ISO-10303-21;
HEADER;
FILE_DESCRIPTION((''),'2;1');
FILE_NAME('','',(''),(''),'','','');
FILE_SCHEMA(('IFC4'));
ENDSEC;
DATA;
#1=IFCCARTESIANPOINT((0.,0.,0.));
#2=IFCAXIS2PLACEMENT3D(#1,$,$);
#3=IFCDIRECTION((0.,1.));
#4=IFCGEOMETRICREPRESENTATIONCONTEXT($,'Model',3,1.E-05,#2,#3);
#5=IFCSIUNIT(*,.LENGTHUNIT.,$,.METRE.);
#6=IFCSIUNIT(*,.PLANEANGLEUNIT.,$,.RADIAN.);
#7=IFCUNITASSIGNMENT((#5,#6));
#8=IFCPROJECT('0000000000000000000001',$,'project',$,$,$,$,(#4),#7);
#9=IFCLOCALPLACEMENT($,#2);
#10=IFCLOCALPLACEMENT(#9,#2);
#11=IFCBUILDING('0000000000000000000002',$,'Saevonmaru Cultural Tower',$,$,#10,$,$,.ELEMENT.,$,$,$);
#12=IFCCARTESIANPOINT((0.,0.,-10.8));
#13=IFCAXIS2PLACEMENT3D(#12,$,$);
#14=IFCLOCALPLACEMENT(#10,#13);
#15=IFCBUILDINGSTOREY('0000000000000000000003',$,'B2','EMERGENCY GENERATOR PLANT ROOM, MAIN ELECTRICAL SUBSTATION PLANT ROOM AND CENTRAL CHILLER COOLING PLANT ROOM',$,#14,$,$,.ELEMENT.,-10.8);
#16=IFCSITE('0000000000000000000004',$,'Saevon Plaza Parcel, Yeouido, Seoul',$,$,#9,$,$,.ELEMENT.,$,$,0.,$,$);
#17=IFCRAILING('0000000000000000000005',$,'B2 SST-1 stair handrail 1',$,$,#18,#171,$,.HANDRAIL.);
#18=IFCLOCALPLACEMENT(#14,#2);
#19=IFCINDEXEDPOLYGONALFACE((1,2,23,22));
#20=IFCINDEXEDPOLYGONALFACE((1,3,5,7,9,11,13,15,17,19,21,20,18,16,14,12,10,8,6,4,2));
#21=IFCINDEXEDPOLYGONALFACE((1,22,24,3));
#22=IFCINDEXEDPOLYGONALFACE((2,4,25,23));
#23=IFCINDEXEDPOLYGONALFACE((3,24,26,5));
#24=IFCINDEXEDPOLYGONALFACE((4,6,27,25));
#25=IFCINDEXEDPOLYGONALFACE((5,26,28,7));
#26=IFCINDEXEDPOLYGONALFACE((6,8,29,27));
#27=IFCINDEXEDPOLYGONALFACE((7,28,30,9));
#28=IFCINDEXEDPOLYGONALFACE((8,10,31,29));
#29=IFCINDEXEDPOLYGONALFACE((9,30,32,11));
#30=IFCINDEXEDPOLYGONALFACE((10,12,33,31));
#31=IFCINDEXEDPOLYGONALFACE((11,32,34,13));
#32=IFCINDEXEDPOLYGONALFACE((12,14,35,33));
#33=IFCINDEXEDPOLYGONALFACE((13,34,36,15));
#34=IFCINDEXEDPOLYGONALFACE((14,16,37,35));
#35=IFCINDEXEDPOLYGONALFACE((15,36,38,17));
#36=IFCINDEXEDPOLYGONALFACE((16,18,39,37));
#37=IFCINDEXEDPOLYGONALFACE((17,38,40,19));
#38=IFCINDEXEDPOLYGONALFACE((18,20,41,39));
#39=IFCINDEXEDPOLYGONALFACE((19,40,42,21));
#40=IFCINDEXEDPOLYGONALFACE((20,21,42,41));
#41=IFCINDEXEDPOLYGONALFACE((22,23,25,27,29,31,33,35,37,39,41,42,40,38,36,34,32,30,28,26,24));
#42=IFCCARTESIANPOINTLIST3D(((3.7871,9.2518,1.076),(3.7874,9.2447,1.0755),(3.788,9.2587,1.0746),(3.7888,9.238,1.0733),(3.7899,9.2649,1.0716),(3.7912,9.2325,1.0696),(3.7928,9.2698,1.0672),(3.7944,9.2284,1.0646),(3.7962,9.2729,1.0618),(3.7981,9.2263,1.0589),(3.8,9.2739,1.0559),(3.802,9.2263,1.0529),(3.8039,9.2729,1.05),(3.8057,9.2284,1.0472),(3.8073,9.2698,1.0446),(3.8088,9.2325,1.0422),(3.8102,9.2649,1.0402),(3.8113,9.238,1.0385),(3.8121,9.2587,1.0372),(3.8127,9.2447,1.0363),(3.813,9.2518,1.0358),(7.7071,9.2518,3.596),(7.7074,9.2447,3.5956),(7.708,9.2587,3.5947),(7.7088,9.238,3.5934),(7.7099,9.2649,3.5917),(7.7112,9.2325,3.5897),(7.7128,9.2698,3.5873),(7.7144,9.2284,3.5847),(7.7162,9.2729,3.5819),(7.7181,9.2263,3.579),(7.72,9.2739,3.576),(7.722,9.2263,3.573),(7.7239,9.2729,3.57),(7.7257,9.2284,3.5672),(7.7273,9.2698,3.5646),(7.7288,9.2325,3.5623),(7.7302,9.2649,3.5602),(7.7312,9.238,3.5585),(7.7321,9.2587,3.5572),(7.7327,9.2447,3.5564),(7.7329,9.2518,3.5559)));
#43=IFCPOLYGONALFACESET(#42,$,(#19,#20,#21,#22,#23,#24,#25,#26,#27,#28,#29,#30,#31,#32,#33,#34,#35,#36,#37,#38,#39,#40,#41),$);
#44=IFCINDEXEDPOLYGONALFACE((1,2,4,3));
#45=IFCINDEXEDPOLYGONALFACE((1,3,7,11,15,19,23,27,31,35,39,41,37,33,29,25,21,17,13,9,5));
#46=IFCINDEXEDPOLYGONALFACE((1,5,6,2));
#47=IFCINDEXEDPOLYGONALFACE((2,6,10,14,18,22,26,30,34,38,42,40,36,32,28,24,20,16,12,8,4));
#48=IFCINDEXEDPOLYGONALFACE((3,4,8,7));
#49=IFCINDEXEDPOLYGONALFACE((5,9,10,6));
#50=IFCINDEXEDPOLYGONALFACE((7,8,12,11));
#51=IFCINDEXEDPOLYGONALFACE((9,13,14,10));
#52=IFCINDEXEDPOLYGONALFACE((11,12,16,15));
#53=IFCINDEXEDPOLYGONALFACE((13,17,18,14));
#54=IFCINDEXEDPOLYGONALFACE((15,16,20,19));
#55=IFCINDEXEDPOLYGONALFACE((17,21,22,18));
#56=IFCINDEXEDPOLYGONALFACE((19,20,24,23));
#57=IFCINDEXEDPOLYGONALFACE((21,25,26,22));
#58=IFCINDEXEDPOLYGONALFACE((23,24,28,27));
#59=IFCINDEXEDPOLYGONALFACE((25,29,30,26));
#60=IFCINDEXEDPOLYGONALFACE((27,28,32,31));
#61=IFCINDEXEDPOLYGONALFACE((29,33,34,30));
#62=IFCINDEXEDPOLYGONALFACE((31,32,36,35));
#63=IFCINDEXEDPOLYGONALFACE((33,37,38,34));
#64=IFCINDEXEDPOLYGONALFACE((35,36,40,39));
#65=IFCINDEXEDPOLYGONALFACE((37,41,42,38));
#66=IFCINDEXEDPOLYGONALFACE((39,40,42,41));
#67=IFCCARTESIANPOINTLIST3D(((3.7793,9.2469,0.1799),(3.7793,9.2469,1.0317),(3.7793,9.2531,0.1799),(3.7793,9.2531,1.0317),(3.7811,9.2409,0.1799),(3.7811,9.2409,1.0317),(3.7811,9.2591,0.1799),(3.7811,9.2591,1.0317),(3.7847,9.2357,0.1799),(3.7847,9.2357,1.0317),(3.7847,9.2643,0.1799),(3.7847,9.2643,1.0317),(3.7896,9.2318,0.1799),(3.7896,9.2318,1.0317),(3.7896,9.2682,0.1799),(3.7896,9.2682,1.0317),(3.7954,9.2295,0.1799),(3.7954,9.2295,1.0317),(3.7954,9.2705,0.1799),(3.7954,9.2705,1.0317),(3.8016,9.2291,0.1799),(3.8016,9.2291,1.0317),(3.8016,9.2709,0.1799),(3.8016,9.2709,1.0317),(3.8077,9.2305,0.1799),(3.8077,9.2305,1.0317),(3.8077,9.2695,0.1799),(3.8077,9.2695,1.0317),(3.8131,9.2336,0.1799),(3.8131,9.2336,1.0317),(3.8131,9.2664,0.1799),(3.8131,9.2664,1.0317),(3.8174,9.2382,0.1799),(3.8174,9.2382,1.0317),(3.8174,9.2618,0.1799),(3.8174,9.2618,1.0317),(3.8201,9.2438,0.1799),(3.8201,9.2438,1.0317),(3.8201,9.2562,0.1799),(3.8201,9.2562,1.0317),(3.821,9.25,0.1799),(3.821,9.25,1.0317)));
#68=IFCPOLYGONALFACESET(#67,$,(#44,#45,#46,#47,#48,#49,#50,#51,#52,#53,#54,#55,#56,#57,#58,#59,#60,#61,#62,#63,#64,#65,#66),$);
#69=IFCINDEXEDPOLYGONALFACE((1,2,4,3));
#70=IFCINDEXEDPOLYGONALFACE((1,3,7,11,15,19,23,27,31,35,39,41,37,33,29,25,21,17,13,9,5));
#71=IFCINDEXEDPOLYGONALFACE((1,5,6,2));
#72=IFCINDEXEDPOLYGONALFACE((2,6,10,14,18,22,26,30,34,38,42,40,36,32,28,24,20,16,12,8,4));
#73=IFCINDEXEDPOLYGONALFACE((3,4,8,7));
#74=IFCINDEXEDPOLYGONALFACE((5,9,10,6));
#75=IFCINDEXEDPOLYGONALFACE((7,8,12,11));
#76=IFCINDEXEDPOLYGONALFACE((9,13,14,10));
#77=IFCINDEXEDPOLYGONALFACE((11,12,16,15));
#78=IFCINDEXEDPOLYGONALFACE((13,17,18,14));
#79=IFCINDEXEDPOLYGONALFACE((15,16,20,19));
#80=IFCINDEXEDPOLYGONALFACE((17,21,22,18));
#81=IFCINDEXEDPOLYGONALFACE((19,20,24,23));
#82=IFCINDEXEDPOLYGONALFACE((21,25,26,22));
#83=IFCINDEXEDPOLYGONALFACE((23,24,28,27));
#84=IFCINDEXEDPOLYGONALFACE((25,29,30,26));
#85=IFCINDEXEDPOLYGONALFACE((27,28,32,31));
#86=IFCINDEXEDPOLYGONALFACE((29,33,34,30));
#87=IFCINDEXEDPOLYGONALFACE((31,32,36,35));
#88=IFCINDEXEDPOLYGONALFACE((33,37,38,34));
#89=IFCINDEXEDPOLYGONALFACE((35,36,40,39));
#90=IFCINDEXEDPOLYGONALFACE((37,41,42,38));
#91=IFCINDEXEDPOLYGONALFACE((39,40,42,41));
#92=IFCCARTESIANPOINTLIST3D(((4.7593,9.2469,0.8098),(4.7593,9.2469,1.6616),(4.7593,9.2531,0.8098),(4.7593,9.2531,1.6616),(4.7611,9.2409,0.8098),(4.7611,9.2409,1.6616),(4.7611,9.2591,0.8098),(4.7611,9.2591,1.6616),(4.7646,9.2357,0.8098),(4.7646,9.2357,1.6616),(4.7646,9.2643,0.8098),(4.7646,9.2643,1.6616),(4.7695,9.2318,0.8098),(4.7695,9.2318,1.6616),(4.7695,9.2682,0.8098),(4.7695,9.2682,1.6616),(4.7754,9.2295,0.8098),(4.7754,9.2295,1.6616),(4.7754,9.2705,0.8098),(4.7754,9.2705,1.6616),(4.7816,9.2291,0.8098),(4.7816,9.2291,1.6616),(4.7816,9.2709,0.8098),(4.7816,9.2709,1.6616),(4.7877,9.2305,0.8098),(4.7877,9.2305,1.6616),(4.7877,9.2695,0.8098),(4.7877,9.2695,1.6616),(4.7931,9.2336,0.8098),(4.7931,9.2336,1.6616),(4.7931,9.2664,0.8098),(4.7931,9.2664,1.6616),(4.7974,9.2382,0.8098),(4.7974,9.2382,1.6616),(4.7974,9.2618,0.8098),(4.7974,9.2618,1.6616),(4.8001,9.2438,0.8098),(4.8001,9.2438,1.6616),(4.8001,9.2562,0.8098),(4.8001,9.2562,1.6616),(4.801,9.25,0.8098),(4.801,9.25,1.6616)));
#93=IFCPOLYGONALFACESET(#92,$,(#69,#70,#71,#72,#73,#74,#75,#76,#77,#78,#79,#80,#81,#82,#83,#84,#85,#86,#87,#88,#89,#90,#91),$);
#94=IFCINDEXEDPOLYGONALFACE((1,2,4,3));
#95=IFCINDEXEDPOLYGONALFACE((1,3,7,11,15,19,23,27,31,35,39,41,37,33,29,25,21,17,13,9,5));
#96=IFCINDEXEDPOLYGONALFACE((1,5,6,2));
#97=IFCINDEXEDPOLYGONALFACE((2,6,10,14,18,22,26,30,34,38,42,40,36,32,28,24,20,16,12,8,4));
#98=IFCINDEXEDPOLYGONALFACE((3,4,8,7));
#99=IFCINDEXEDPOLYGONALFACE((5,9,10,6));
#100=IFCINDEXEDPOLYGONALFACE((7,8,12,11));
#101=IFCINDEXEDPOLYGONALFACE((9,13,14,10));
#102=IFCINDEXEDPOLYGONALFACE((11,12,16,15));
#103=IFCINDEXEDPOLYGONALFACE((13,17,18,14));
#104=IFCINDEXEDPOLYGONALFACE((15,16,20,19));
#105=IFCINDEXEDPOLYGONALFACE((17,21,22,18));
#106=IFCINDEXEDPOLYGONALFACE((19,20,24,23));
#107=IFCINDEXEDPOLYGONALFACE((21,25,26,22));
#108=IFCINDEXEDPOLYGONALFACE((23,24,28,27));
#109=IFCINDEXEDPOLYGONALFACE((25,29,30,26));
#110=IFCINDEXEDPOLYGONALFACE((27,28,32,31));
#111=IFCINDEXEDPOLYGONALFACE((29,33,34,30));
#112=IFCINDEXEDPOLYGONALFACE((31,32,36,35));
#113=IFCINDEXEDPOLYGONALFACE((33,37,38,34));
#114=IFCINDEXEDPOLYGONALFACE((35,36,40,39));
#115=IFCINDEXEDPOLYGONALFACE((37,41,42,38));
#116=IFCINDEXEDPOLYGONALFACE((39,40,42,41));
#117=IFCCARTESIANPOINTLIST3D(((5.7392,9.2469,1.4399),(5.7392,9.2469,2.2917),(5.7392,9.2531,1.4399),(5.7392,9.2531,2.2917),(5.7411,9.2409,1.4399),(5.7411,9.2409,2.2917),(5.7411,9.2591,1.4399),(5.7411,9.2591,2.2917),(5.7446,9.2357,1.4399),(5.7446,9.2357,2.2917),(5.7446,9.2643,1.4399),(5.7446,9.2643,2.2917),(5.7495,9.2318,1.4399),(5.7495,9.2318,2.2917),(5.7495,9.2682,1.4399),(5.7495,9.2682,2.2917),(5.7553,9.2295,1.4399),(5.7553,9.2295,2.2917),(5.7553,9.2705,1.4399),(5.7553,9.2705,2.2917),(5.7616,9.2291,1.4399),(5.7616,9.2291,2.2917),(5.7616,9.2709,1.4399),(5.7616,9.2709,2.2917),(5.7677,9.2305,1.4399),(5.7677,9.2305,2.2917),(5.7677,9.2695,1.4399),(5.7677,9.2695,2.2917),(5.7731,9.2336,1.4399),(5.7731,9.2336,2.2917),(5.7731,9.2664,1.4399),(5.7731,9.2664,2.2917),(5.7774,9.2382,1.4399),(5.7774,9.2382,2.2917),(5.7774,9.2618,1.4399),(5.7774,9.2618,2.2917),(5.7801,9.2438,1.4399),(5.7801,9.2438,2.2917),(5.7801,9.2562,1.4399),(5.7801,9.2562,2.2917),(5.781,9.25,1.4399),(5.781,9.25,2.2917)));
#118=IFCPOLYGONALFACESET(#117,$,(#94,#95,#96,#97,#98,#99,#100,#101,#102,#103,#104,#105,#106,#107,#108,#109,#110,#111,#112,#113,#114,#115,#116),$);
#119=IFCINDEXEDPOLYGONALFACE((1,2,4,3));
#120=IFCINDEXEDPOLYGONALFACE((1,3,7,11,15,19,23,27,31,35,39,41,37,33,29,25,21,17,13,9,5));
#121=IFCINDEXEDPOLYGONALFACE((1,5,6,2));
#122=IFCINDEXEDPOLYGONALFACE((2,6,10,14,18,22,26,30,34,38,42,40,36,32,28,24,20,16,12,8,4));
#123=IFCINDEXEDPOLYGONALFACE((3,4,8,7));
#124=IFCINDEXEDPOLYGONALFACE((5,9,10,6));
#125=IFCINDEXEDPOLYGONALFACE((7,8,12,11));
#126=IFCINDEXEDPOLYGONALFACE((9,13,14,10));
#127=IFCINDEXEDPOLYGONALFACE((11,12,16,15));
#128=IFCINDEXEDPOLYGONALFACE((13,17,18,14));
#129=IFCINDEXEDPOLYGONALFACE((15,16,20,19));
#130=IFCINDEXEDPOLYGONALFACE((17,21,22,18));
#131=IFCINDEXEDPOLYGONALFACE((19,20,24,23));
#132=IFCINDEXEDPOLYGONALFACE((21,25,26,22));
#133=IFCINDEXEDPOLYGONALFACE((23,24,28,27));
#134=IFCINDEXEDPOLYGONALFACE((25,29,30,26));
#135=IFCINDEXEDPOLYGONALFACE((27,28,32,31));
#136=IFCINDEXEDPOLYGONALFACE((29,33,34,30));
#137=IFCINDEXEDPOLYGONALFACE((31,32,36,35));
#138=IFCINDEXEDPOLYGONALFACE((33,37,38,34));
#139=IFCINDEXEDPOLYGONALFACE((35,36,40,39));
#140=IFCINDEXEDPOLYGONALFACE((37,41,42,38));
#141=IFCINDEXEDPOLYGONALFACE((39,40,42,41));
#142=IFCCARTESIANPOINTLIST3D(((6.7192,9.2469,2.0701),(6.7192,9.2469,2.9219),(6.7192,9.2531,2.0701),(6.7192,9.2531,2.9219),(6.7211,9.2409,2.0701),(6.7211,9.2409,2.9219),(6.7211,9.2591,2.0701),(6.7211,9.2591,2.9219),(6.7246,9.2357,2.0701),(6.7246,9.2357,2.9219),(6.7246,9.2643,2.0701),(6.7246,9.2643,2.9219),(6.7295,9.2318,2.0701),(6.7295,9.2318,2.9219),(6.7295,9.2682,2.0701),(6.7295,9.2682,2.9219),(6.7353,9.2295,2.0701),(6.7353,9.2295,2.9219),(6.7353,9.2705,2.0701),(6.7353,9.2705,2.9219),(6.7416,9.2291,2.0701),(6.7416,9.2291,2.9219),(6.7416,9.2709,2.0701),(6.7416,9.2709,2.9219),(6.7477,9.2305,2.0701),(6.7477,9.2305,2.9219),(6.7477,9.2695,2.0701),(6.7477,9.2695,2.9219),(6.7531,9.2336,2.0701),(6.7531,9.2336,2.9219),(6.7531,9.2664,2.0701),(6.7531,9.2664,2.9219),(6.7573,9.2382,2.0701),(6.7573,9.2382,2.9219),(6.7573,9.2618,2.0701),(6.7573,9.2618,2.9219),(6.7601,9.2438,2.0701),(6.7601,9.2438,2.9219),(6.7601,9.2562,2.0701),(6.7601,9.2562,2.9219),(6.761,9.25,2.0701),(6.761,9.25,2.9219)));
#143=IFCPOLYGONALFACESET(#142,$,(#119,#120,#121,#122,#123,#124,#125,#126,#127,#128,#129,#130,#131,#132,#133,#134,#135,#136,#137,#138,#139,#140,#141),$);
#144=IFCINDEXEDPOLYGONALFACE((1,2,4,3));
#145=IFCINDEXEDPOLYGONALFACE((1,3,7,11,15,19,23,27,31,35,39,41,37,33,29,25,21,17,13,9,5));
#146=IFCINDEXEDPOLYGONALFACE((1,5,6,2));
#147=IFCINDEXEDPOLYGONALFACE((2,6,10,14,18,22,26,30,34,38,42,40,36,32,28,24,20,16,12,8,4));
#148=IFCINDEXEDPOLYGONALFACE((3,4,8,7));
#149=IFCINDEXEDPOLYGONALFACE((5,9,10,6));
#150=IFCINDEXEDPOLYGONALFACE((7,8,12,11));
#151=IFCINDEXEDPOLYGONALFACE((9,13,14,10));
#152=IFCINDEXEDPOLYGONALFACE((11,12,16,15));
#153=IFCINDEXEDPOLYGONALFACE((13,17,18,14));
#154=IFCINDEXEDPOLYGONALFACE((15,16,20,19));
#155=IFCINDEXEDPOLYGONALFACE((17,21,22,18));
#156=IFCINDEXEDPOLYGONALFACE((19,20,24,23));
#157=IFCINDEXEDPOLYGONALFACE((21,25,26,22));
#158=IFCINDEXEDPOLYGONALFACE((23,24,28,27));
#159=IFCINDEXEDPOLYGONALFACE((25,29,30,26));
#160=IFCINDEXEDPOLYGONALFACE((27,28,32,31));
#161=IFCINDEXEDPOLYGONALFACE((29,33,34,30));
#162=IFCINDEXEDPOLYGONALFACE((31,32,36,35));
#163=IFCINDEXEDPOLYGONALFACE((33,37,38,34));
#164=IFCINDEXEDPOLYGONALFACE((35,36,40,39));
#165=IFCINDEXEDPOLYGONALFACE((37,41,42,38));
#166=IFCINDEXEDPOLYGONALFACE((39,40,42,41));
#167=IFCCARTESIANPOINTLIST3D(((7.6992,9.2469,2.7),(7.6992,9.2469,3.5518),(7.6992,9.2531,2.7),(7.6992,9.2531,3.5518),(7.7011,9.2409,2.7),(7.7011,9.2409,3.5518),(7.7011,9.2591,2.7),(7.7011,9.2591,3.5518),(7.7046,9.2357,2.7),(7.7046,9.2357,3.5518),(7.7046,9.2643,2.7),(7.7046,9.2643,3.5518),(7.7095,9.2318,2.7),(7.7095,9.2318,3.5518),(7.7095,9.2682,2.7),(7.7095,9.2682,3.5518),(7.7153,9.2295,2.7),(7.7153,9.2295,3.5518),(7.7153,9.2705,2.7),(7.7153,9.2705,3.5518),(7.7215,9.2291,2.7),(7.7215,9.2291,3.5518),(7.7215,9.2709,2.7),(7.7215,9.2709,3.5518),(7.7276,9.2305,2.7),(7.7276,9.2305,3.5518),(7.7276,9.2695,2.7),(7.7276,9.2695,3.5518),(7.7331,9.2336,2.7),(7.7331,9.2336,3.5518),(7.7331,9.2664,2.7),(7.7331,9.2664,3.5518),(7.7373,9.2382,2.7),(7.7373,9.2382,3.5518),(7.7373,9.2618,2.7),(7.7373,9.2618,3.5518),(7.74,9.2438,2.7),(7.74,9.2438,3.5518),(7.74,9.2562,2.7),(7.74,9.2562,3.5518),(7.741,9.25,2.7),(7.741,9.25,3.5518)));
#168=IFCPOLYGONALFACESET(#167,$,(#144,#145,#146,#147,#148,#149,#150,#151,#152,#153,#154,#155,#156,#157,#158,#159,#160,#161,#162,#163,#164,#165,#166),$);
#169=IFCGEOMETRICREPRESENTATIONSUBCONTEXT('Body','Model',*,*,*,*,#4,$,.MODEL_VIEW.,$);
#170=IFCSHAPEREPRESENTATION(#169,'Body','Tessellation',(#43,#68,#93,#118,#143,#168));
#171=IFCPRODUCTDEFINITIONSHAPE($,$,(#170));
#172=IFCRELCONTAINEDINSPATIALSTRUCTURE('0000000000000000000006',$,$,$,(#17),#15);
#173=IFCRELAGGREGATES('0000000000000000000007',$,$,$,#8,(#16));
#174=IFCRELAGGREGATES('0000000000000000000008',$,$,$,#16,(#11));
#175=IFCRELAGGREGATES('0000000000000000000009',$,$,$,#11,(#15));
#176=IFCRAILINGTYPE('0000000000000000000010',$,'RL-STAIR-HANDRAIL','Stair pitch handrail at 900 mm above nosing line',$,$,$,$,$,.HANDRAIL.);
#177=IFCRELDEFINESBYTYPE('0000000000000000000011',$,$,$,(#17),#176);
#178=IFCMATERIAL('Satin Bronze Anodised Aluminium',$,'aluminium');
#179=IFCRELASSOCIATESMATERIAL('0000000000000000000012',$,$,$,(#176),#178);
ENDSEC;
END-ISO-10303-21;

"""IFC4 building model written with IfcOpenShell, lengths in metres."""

from ifc_helpers import new_model, si_unit, direction, frame, origin, origin_2d, place, context, subcontext, project, spatial, circle, extrude, material, type_object, element, save


model = new_model("IFC4")

# Units and contexts
model_context = context("Model", 3, precision=1e-05, world=origin(), true_north=direction((0.0, 1.0)))
body_context = subcontext(model_context, "Body", "Model", "MODEL_VIEW")
ifc_project = project(units=[si_unit("LENGTHUNIT", "METRE"), si_unit("PLANEANGLEUNIT", "RADIAN")], contexts=[model_context])

# Site, building, storey
site_placement = place(None, origin())
site = spatial("IfcSite", under=ifc_project, at=site_placement, Name="Saevon Plaza Parcel, Yeouido, Seoul", CompositionType="ELEMENT", RefElevation=0.0)
building_placement = place(site_placement, origin())
building = spatial("IfcBuilding", under=site, at=building_placement, Name="Saevonmaru Cultural Tower", CompositionType="ELEMENT")
storey_placement = place(building_placement, frame((0.0, 0.0, -10.8)))
storey = spatial("IfcBuildingStorey", under=building, at=storey_placement, Name="B2", Description="EMERGENCY GENERATOR PLANT ROOM, MAIN ELECTRICAL SUBSTATION PLANT ROOM AND CENTRAL CHILLER COOLING PLANT ROOM", CompositionType="ELEMENT", Elevation=-10.8)

# Railing
ifc_material_1 = material(Name="Satin Bronze Anodised Aluminium", Category="aluminium")
railing_type_1 = type_object("IfcRailingType", Name="RL-STAIR-HANDRAIL", Description="Stair pitch handrail at 900 mm above nosing line", PredefinedType="HANDRAIL", material=ifc_material_1)
railing_1_placement = place(storey_placement, frame((3.8, 9.25, 0.1799)))
element("IfcRailing", 1, at=railing_1_placement, inside=storey, type_object=railing_type_1, Name="B2 SST-1 stair handrail 1", PredefinedType="HANDRAIL", context=body_context, shape_type="SweptSolid", body=[
    extrude(circle(Radius=0.0239, at=origin_2d()), frame((0.0, 0.0, 0.876), z_axis=(0.841172, 0.0, 0.540768), x_axis=(0.0, 1.0, 0.0)), (0.0, 0.0, 1.0), 4.6602),
    extrude(circle(Radius=0.021, at=origin_2d()), origin(), (0.0, 0.0, 1.0), 0.8518),
    extrude(circle(Radius=0.021, at=origin_2d()), frame((0.98, 0.0, 0.6299)), (0.0, 0.0, 1.0), 0.8518),
    extrude(circle(Radius=0.021, at=origin_2d()), frame((1.96, 0.0, 1.26)), (0.0, 0.0, 1.0), 0.8518),
    extrude(circle(Radius=0.021, at=origin_2d()), frame((2.9399, 0.0, 1.8901)), (0.0, 0.0, 1.0), 0.8518),
    extrude(circle(Radius=0.021, at=origin_2d()), frame((3.9199, 0.0, 2.52)), (0.0, 0.0, 1.0), 0.8518),
])

save(model, "model.ifc")
